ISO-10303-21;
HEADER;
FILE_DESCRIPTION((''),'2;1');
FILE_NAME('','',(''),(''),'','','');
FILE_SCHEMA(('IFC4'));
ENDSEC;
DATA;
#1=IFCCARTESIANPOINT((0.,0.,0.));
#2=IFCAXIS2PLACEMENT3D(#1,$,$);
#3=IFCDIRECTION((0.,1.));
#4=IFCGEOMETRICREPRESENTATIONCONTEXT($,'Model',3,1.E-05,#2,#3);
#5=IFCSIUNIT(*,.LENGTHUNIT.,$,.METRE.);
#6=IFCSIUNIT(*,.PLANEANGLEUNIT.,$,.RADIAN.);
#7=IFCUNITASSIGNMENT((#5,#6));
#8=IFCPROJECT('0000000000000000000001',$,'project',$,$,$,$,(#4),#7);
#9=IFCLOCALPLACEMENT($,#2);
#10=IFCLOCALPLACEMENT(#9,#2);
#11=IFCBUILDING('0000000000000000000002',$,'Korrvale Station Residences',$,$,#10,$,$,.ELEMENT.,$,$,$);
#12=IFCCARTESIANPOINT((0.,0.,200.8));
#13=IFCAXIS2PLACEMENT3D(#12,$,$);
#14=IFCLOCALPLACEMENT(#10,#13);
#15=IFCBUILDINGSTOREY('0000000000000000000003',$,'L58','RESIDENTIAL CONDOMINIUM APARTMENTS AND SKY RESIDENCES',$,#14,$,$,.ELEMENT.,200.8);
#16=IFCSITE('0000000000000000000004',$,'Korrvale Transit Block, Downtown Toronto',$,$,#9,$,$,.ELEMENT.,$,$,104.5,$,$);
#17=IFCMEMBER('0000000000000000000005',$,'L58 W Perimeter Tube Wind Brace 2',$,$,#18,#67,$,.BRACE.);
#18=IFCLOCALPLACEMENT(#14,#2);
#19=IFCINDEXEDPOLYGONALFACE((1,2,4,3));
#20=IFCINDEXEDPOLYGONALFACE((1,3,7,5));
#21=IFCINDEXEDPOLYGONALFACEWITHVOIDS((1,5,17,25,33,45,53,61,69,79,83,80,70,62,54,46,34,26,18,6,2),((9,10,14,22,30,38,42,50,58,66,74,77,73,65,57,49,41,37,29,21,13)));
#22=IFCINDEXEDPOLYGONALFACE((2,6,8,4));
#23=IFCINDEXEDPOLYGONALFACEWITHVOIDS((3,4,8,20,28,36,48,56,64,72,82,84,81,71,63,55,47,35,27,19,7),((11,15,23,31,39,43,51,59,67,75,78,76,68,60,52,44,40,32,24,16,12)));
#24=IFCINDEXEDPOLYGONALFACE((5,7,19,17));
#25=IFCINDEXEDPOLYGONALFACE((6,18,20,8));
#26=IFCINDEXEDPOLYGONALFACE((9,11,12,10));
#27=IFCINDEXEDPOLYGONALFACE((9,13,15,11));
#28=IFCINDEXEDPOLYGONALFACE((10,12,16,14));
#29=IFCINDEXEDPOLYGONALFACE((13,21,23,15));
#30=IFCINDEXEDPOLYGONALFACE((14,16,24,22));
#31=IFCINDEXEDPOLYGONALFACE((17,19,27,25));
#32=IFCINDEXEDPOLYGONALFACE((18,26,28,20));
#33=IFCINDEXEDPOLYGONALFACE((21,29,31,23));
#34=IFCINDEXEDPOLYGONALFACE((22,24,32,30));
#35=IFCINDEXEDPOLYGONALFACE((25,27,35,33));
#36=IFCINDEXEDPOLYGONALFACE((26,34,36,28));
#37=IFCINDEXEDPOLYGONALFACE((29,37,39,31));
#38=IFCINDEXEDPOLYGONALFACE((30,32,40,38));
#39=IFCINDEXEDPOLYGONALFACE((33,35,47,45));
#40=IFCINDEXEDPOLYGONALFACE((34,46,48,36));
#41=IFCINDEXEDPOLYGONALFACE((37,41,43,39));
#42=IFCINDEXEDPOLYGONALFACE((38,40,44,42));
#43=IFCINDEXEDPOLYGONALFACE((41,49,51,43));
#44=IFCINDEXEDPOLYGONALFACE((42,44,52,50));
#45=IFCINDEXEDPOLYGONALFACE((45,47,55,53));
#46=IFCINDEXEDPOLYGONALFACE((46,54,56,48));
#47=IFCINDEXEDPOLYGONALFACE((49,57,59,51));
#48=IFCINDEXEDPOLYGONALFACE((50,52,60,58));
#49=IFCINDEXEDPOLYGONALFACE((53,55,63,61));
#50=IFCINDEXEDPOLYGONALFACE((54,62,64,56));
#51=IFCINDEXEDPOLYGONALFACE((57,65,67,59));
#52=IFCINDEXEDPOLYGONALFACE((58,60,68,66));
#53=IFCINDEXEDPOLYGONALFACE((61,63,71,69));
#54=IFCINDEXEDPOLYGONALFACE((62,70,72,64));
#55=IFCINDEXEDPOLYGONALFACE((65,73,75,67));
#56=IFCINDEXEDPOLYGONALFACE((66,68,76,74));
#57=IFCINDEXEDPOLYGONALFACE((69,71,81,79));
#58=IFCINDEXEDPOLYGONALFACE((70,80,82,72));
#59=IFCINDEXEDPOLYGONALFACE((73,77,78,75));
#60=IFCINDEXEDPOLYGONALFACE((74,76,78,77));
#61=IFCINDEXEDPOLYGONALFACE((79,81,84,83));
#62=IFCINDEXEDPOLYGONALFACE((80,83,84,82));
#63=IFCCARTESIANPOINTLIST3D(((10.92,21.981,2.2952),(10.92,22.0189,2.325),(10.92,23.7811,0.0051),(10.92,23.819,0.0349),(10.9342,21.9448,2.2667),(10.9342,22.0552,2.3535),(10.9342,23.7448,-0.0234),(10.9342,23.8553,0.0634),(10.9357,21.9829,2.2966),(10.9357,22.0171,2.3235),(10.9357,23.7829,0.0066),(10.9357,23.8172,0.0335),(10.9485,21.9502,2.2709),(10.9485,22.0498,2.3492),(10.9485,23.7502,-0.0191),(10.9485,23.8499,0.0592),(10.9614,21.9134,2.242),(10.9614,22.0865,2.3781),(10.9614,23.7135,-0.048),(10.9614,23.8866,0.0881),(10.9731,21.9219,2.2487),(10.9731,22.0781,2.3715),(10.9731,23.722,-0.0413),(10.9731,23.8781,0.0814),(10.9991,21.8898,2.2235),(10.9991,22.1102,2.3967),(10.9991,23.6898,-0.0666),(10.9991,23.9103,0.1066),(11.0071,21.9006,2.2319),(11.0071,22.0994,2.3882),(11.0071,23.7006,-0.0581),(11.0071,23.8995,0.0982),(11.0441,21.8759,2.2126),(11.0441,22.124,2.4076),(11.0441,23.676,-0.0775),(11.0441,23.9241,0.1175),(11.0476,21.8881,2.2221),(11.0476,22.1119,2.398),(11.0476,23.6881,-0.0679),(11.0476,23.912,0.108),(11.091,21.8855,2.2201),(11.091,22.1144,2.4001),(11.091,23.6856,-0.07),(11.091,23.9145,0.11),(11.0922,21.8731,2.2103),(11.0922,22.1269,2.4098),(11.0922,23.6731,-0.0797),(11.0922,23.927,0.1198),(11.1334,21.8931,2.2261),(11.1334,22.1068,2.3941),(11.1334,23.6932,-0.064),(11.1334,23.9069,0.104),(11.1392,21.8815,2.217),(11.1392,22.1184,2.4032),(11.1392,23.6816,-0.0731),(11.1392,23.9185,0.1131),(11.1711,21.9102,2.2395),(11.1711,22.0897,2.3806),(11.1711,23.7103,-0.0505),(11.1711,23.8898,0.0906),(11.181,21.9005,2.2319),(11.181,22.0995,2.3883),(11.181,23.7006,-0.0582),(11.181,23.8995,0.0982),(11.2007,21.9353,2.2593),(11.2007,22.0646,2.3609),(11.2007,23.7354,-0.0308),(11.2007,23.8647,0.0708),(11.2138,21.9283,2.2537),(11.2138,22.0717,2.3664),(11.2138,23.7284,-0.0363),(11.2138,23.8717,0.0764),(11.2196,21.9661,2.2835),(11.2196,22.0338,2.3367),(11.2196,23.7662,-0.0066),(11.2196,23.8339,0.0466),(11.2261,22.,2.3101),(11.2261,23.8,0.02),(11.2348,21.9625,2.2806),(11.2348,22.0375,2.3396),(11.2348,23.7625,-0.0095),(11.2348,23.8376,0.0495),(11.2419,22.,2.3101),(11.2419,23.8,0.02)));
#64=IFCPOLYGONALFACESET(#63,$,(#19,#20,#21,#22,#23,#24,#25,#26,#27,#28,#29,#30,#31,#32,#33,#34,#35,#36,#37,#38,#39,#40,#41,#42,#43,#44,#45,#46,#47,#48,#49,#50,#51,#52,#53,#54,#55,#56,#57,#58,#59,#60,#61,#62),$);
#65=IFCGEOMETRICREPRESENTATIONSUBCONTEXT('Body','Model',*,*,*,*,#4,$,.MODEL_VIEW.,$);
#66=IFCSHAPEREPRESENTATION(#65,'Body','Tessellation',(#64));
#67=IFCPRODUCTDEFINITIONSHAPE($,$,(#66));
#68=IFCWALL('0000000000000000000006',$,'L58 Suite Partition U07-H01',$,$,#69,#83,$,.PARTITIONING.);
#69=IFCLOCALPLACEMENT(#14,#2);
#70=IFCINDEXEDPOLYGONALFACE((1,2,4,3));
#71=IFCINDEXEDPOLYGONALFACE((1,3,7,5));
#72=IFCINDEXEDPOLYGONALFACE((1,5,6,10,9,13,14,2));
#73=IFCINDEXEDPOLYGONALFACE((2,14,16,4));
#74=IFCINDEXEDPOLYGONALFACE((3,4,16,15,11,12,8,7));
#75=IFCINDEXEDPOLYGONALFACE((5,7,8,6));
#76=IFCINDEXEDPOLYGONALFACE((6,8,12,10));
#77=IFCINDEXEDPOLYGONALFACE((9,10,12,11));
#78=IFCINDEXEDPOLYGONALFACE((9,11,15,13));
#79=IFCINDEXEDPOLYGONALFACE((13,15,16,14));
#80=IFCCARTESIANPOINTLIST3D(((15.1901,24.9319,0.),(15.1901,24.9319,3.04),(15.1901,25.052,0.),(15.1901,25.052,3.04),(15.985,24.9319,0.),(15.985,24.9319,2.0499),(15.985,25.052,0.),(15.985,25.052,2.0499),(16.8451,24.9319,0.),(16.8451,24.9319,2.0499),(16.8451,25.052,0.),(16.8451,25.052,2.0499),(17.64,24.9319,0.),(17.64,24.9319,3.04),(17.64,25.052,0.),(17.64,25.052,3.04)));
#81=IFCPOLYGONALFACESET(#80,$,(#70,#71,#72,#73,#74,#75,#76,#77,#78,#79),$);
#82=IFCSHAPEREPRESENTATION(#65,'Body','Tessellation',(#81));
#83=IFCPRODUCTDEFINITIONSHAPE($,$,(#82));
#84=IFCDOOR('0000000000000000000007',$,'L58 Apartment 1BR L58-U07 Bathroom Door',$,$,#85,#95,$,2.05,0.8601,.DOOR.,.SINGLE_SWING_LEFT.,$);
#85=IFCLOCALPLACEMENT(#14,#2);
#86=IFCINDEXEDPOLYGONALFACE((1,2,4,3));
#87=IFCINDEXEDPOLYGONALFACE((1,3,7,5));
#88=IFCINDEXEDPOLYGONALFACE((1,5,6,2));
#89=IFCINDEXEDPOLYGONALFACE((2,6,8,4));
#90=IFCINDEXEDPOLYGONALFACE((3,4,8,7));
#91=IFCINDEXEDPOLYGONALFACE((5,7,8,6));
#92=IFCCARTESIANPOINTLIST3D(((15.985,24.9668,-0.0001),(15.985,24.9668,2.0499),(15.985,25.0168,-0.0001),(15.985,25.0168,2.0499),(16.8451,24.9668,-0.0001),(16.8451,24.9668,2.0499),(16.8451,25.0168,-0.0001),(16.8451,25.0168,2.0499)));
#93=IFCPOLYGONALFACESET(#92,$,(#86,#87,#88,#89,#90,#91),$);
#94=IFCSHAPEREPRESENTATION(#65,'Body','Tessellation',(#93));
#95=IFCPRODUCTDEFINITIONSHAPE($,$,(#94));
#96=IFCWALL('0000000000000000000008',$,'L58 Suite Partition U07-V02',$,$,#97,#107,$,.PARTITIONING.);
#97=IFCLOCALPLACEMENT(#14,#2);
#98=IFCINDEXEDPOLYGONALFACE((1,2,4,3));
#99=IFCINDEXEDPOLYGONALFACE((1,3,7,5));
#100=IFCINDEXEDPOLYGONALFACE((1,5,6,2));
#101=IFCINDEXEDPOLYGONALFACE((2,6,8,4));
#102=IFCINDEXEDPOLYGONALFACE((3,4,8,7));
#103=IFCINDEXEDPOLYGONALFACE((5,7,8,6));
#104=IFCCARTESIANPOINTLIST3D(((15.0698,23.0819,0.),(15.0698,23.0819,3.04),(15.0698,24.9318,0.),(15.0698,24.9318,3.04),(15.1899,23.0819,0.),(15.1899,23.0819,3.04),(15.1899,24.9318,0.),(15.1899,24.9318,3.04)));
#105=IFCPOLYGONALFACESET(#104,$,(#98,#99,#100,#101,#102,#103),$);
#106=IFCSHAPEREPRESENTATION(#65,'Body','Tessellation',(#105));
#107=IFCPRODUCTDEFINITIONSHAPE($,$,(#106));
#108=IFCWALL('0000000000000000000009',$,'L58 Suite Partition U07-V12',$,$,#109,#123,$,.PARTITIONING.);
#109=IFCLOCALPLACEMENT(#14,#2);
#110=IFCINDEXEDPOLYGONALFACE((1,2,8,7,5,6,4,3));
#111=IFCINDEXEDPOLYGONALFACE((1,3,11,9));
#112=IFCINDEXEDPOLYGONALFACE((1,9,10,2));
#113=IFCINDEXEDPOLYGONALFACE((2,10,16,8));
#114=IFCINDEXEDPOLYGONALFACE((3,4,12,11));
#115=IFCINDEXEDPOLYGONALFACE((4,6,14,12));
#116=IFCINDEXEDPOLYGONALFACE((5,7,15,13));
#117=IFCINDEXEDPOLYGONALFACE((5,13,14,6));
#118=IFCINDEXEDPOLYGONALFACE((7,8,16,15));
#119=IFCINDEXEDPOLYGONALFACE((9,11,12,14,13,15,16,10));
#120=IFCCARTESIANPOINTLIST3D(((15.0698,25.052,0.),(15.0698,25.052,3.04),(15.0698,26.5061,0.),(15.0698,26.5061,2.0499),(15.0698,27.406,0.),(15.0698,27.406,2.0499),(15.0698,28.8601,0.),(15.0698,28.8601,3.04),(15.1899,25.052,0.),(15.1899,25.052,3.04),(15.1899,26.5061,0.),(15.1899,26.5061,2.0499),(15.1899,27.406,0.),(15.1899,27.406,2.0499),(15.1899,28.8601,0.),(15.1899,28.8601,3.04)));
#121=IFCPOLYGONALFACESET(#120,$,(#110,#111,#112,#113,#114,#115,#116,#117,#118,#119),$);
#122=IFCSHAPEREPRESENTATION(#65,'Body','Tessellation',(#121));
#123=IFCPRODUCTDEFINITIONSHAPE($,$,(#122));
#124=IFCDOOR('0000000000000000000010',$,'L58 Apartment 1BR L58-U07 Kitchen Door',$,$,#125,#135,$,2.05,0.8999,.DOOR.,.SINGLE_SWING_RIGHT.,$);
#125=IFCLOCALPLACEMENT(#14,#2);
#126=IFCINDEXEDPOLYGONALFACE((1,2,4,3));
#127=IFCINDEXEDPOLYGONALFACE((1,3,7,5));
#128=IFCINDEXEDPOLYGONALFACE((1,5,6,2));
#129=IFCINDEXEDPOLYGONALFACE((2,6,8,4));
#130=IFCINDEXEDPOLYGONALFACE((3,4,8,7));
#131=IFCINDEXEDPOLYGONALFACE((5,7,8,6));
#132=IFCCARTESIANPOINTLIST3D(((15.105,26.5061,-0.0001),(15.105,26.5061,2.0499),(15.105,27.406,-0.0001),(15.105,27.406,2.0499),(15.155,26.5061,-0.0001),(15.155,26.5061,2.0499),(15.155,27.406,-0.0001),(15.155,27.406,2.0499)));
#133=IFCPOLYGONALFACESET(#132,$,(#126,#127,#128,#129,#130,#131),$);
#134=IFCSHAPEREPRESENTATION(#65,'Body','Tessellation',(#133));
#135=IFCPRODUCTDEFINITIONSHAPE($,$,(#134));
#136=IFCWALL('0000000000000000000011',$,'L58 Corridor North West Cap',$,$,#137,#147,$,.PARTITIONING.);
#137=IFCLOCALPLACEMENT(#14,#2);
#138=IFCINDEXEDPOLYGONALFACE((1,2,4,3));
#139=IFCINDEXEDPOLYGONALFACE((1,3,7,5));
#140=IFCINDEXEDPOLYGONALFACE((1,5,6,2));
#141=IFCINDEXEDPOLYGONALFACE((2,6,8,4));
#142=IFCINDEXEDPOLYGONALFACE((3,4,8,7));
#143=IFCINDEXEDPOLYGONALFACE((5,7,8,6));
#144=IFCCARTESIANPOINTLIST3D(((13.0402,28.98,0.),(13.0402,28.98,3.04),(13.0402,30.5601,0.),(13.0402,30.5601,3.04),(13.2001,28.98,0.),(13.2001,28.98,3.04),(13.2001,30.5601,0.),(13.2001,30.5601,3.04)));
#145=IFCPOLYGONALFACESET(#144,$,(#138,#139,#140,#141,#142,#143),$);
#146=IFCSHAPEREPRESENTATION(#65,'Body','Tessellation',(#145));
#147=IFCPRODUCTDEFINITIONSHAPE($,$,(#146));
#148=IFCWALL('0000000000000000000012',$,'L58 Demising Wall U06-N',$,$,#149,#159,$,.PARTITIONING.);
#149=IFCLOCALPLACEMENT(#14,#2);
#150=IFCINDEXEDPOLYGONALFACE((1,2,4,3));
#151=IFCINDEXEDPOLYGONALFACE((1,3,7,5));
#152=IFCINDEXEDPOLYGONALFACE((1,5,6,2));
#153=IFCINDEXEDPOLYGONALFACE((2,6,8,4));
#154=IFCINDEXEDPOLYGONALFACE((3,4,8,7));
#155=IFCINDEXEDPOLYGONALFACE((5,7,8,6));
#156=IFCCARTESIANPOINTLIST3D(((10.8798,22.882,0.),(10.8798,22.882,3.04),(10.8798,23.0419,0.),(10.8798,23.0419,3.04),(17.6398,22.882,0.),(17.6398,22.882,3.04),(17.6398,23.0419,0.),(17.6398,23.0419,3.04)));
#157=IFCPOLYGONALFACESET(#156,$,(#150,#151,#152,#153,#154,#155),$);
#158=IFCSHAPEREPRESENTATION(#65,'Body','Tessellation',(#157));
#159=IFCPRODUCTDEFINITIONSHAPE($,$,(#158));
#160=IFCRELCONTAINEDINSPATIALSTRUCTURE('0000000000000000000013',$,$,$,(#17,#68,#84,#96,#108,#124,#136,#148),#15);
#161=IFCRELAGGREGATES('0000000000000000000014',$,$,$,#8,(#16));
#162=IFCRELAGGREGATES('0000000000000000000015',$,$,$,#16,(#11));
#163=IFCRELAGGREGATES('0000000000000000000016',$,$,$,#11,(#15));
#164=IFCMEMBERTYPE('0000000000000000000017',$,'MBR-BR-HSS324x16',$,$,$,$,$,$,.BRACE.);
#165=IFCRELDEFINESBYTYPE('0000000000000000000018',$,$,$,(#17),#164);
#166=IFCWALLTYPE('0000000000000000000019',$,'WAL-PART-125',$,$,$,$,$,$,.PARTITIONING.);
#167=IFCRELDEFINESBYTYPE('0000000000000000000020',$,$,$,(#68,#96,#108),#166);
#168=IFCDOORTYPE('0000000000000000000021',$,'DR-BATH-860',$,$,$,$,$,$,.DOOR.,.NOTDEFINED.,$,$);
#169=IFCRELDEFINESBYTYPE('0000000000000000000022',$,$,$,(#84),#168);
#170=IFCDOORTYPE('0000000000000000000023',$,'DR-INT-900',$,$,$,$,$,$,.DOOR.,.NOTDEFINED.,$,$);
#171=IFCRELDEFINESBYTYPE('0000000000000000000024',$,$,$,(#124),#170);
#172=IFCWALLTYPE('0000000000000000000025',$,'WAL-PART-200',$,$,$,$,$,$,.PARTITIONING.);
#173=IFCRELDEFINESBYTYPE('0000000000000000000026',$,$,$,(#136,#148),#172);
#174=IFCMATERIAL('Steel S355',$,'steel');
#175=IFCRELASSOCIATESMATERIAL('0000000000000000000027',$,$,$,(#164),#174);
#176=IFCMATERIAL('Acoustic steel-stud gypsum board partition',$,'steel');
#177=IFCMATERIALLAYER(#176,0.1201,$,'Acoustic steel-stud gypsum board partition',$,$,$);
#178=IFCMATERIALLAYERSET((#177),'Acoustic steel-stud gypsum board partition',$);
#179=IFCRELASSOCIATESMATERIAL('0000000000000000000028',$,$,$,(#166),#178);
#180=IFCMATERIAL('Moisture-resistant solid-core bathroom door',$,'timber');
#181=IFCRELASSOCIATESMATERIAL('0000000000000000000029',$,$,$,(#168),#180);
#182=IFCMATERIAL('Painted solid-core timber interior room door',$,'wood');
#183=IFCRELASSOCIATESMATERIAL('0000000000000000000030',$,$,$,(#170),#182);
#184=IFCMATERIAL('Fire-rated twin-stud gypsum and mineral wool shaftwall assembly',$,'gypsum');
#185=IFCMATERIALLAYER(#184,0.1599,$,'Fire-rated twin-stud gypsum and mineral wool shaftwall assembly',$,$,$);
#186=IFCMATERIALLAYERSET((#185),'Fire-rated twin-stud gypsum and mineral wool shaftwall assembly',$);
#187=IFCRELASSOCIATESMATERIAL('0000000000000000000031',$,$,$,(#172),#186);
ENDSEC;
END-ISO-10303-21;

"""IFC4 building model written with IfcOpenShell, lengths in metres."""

from ifc_helpers import new_model, si_unit, direction, frame, frame_2d, origin, origin_2d, place, context, subcontext, project, spatial, rectangle, hollow_circle, extrude, material, layer, layer_set, material_profile, profile_set, type_object, element, fill, save


model = new_model("IFC4")

# Units and contexts
model_context = context("Model", 3, precision=1e-05, world=origin(), true_north=direction((0.0, 1.0)))
body_context = subcontext(model_context, "Body", "Model", "MODEL_VIEW")
ifc_project = project(units=[si_unit("LENGTHUNIT", "METRE"), si_unit("PLANEANGLEUNIT", "RADIAN")], contexts=[model_context])

# Site, building, storey
site_placement = place(None, origin())
site = spatial("IfcSite", under=ifc_project, at=site_placement, Name="Korrvale Transit Block, Downtown Toronto", CompositionType="ELEMENT", RefElevation=104.5)
building_placement = place(site_placement, origin())
building = spatial("IfcBuilding", under=site, at=building_placement, Name="Korrvale Station Residences", CompositionType="ELEMENT")
storey_placement = place(building_placement, frame((0.0, 0.0, 200.8)))
storey = spatial("IfcBuildingStorey", under=building, at=storey_placement, Name="L58", Description="RESIDENTIAL CONDOMINIUM APARTMENTS AND SKY RESIDENCES", CompositionType="ELEMENT", Elevation=200.8)

# Shared definitions
ifc_material_1 = material(Name="Steel S355", Category="steel")

# Member
ifc_material_profile_1 = material_profile(ifc_material_1, hollow_circle(Radius=0.1619, WallThickness=0.0159, at=origin_2d()), Name="HSS324x16")
ifc_profile_set_1 = profile_set([ifc_material_profile_1], Name="Steel S355")
member_type = type_object("IfcMemberType", Name="MBR-BR-HSS324x16", PredefinedType="BRACE", material=ifc_profile_set_1)
member_placement = place(storey_placement, frame((11.0801, 23.8, 0.02), z_axis=(0.0, -0.617977, 0.786196), x_axis=(1.0, 0.0, 0.0)))
element("IfcMember", 1, at=member_placement, inside=storey, type_object=member_type, Name="L58 W Perimeter Tube Wind Brace 2", PredefinedType="BRACE", context=body_context, shape_type="SweptSolid", body=[
    extrude(hollow_circle(Radius=0.1619, WallThickness=0.0159, at=origin_2d()), origin(), (0.0, 0.0, 1.0), 2.9128),
])

# Wall, opening, door
ifc_material_2 = material(Name="Acoustic steel-stud gypsum board partition", Category="steel")
ifc_layer_1 = layer(ifc_material_2, 0.1201, Name="Acoustic steel-stud gypsum board partition")
ifc_layer_set_1 = layer_set([ifc_layer_1], Name="Acoustic steel-stud gypsum board partition")
wall_type_1 = type_object("IfcWallType", Name="WAL-PART-125", PredefinedType="PARTITIONING", material=ifc_layer_set_1)
wall_1_placement = place(storey_placement, frame((15.1899, 24.9919, 0.0), z_axis=(0.0, 0.0, 1.0), x_axis=(1.0, 0.0, 0.0)))
wall_1 = element("IfcWall", 2, at=wall_1_placement, inside=storey, type_object=wall_type_1, Name="L58 Suite Partition U07-H01", PredefinedType="PARTITIONING", context=body_context, shape_type="SweptSolid", body=[
    extrude(rectangle(XDim=2.45, YDim=0.1201, at=frame_2d((1.2251, 0.0))), origin(), (0.0, 0.0, 1.0), 3.04),
])
opening_1_placement = place(wall_1_placement, frame((0.7949, 0.0, 0.0)))
opening_1 = element("IfcOpeningElement", 3, at=opening_1_placement, cuts=wall_1, PredefinedType="OPENING", context=body_context, shape_type="SweptSolid", body=[
    extrude(rectangle(XDim=0.8601, YDim=2.05, at=frame_2d((0.4302, 1.0249))), frame((0.0, 0.0701, 0.0), z_axis=(0.0, -1.0, 0.0), x_axis=(1.0, 0.0, 0.0)), (0.0, 0.0, 1.0), 0.1401),
])
ifc_material_3 = material(Name="Moisture-resistant solid-core bathroom door", Category="timber")
door_type_1 = type_object("IfcDoorType", Name="DR-BATH-860", OperationType="NOTDEFINED", PredefinedType="DOOR", material=ifc_material_3)
door_1_placement = place(opening_1_placement, origin())
door_1 = element("IfcDoor", 4, at=door_1_placement, inside=storey, type_object=door_type_1, Name="L58 Apartment 1BR L58-U07 Bathroom Door", OperationType="SINGLE_SWING_LEFT", OverallHeight=2.05, OverallWidth=0.8601, PredefinedType="DOOR", context=body_context, shape_type="SweptSolid", body=[
    extrude(rectangle(XDim=0.8601, YDim=2.05, at=frame_2d((0.4302, 1.0249))), frame((0.0, 0.0249, 0.0), z_axis=(0.0, -1.0, 0.0), x_axis=(1.0, 0.0, 0.0)), (0.0, 0.0, 1.0), 0.05),
])
fill(opening_1, door_1)

# Wall
wall_2_placement = place(storey_placement, frame((15.1299, 23.082, 0.0), z_axis=(0.0, 0.0, 1.0), x_axis=(0.0, 1.0, 0.0)))
element("IfcWall", 5, at=wall_2_placement, inside=storey, type_object=wall_type_1, Name="L58 Suite Partition U07-V02", PredefinedType="PARTITIONING", context=body_context, shape_type="SweptSolid", body=[
    extrude(rectangle(XDim=1.8499, YDim=0.1201, at=frame_2d((0.9248, 0.0))), origin(), (0.0, 0.0, 1.0), 3.04),
])

# Wall, opening, door
wall_3_placement = place(storey_placement, frame((15.1299, 25.052, 0.0), z_axis=(0.0, 0.0, 1.0), x_axis=(0.0, 1.0, 0.0)))
wall_3 = element("IfcWall", 6, at=wall_3_placement, inside=storey, type_object=wall_type_1, Name="L58 Suite Partition U07-V12", PredefinedType="PARTITIONING", context=body_context, shape_type="SweptSolid", body=[
    extrude(rectangle(XDim=3.8081, YDim=0.1201, at=frame_2d((1.9041, 0.0))), origin(), (0.0, 0.0, 1.0), 3.04),
])
opening_2_placement = place(wall_3_placement, frame((1.4541, 0.0, 0.0)))
opening_2 = element("IfcOpeningElement", 7, at=opening_2_placement, cuts=wall_3, PredefinedType="OPENING", context=body_context, shape_type="SweptSolid", body=[
    extrude(rectangle(XDim=0.8999, YDim=2.05, at=frame_2d((0.45, 1.0249))), frame((0.0, 0.0701, 0.0), z_axis=(0.0, -1.0, 0.0), x_axis=(1.0, 0.0, 0.0)), (0.0, 0.0, 1.0), 0.1401),
])
ifc_material_4 = material(Name="Painted solid-core timber interior room door", Category="wood")
door_type_2 = type_object("IfcDoorType", Name="DR-INT-900", OperationType="NOTDEFINED", PredefinedType="DOOR", material=ifc_material_4)
door_2_placement = place(opening_2_placement, origin())
door_2 = element("IfcDoor", 8, at=door_2_placement, inside=storey, type_object=door_type_2, Name="L58 Apartment 1BR L58-U07 Kitchen Door", OperationType="SINGLE_SWING_RIGHT", OverallHeight=2.05, OverallWidth=0.8999, PredefinedType="DOOR", context=body_context, shape_type="SweptSolid", body=[
    extrude(rectangle(XDim=0.8999, YDim=2.05, at=frame_2d((0.45, 1.0249))), frame((0.0, 0.0249, 0.0), z_axis=(0.0, -1.0, 0.0), x_axis=(1.0, 0.0, 0.0)), (0.0, 0.0, 1.0), 0.05),
])
fill(opening_2, door_2)

# Walls
ifc_material_5 = material(Name="Fire-rated twin-stud gypsum and mineral wool shaftwall assembly", Category="gypsum")
ifc_layer_2 = layer(ifc_material_5, 0.1599, Name="Fire-rated twin-stud gypsum and mineral wool shaftwall assembly")
ifc_layer_set_2 = layer_set([ifc_layer_2], Name="Fire-rated twin-stud gypsum and mineral wool shaftwall assembly")
wall_type_2 = type_object("IfcWallType", Name="WAL-PART-200", PredefinedType="PARTITIONING", material=ifc_layer_set_2)
wall_4_placement = place(storey_placement, frame((13.1201, 28.98, 0.0), z_axis=(0.0, 0.0, 1.0), x_axis=(0.0, 1.0, 0.0)))
element("IfcWall", 9, at=wall_4_placement, inside=storey, type_object=wall_type_2, Name="L58 Corridor North West Cap", PredefinedType="PARTITIONING", context=body_context, shape_type="SweptSolid", body=[
    extrude(rectangle(XDim=1.5801, YDim=0.1599, at=frame_2d((0.79, 0.0))), origin(), (0.0, 0.0, 1.0), 3.04),
])
wall_5_placement = place(storey_placement, frame((10.8799, 22.9619, 0.0), z_axis=(0.0, 0.0, 1.0), x_axis=(1.0, 0.0, 0.0)))
element("IfcWall", 10, at=wall_5_placement, inside=storey, type_object=wall_type_2, Name="L58 Demising Wall U06-N", PredefinedType="PARTITIONING", context=body_context, shape_type="SweptSolid", body=[
    extrude(rectangle(XDim=6.76, YDim=0.1599, at=frame_2d((3.3799, 0.0))), origin(), (0.0, 0.0, 1.0), 3.04),
])

save(model, "model.ifc")
